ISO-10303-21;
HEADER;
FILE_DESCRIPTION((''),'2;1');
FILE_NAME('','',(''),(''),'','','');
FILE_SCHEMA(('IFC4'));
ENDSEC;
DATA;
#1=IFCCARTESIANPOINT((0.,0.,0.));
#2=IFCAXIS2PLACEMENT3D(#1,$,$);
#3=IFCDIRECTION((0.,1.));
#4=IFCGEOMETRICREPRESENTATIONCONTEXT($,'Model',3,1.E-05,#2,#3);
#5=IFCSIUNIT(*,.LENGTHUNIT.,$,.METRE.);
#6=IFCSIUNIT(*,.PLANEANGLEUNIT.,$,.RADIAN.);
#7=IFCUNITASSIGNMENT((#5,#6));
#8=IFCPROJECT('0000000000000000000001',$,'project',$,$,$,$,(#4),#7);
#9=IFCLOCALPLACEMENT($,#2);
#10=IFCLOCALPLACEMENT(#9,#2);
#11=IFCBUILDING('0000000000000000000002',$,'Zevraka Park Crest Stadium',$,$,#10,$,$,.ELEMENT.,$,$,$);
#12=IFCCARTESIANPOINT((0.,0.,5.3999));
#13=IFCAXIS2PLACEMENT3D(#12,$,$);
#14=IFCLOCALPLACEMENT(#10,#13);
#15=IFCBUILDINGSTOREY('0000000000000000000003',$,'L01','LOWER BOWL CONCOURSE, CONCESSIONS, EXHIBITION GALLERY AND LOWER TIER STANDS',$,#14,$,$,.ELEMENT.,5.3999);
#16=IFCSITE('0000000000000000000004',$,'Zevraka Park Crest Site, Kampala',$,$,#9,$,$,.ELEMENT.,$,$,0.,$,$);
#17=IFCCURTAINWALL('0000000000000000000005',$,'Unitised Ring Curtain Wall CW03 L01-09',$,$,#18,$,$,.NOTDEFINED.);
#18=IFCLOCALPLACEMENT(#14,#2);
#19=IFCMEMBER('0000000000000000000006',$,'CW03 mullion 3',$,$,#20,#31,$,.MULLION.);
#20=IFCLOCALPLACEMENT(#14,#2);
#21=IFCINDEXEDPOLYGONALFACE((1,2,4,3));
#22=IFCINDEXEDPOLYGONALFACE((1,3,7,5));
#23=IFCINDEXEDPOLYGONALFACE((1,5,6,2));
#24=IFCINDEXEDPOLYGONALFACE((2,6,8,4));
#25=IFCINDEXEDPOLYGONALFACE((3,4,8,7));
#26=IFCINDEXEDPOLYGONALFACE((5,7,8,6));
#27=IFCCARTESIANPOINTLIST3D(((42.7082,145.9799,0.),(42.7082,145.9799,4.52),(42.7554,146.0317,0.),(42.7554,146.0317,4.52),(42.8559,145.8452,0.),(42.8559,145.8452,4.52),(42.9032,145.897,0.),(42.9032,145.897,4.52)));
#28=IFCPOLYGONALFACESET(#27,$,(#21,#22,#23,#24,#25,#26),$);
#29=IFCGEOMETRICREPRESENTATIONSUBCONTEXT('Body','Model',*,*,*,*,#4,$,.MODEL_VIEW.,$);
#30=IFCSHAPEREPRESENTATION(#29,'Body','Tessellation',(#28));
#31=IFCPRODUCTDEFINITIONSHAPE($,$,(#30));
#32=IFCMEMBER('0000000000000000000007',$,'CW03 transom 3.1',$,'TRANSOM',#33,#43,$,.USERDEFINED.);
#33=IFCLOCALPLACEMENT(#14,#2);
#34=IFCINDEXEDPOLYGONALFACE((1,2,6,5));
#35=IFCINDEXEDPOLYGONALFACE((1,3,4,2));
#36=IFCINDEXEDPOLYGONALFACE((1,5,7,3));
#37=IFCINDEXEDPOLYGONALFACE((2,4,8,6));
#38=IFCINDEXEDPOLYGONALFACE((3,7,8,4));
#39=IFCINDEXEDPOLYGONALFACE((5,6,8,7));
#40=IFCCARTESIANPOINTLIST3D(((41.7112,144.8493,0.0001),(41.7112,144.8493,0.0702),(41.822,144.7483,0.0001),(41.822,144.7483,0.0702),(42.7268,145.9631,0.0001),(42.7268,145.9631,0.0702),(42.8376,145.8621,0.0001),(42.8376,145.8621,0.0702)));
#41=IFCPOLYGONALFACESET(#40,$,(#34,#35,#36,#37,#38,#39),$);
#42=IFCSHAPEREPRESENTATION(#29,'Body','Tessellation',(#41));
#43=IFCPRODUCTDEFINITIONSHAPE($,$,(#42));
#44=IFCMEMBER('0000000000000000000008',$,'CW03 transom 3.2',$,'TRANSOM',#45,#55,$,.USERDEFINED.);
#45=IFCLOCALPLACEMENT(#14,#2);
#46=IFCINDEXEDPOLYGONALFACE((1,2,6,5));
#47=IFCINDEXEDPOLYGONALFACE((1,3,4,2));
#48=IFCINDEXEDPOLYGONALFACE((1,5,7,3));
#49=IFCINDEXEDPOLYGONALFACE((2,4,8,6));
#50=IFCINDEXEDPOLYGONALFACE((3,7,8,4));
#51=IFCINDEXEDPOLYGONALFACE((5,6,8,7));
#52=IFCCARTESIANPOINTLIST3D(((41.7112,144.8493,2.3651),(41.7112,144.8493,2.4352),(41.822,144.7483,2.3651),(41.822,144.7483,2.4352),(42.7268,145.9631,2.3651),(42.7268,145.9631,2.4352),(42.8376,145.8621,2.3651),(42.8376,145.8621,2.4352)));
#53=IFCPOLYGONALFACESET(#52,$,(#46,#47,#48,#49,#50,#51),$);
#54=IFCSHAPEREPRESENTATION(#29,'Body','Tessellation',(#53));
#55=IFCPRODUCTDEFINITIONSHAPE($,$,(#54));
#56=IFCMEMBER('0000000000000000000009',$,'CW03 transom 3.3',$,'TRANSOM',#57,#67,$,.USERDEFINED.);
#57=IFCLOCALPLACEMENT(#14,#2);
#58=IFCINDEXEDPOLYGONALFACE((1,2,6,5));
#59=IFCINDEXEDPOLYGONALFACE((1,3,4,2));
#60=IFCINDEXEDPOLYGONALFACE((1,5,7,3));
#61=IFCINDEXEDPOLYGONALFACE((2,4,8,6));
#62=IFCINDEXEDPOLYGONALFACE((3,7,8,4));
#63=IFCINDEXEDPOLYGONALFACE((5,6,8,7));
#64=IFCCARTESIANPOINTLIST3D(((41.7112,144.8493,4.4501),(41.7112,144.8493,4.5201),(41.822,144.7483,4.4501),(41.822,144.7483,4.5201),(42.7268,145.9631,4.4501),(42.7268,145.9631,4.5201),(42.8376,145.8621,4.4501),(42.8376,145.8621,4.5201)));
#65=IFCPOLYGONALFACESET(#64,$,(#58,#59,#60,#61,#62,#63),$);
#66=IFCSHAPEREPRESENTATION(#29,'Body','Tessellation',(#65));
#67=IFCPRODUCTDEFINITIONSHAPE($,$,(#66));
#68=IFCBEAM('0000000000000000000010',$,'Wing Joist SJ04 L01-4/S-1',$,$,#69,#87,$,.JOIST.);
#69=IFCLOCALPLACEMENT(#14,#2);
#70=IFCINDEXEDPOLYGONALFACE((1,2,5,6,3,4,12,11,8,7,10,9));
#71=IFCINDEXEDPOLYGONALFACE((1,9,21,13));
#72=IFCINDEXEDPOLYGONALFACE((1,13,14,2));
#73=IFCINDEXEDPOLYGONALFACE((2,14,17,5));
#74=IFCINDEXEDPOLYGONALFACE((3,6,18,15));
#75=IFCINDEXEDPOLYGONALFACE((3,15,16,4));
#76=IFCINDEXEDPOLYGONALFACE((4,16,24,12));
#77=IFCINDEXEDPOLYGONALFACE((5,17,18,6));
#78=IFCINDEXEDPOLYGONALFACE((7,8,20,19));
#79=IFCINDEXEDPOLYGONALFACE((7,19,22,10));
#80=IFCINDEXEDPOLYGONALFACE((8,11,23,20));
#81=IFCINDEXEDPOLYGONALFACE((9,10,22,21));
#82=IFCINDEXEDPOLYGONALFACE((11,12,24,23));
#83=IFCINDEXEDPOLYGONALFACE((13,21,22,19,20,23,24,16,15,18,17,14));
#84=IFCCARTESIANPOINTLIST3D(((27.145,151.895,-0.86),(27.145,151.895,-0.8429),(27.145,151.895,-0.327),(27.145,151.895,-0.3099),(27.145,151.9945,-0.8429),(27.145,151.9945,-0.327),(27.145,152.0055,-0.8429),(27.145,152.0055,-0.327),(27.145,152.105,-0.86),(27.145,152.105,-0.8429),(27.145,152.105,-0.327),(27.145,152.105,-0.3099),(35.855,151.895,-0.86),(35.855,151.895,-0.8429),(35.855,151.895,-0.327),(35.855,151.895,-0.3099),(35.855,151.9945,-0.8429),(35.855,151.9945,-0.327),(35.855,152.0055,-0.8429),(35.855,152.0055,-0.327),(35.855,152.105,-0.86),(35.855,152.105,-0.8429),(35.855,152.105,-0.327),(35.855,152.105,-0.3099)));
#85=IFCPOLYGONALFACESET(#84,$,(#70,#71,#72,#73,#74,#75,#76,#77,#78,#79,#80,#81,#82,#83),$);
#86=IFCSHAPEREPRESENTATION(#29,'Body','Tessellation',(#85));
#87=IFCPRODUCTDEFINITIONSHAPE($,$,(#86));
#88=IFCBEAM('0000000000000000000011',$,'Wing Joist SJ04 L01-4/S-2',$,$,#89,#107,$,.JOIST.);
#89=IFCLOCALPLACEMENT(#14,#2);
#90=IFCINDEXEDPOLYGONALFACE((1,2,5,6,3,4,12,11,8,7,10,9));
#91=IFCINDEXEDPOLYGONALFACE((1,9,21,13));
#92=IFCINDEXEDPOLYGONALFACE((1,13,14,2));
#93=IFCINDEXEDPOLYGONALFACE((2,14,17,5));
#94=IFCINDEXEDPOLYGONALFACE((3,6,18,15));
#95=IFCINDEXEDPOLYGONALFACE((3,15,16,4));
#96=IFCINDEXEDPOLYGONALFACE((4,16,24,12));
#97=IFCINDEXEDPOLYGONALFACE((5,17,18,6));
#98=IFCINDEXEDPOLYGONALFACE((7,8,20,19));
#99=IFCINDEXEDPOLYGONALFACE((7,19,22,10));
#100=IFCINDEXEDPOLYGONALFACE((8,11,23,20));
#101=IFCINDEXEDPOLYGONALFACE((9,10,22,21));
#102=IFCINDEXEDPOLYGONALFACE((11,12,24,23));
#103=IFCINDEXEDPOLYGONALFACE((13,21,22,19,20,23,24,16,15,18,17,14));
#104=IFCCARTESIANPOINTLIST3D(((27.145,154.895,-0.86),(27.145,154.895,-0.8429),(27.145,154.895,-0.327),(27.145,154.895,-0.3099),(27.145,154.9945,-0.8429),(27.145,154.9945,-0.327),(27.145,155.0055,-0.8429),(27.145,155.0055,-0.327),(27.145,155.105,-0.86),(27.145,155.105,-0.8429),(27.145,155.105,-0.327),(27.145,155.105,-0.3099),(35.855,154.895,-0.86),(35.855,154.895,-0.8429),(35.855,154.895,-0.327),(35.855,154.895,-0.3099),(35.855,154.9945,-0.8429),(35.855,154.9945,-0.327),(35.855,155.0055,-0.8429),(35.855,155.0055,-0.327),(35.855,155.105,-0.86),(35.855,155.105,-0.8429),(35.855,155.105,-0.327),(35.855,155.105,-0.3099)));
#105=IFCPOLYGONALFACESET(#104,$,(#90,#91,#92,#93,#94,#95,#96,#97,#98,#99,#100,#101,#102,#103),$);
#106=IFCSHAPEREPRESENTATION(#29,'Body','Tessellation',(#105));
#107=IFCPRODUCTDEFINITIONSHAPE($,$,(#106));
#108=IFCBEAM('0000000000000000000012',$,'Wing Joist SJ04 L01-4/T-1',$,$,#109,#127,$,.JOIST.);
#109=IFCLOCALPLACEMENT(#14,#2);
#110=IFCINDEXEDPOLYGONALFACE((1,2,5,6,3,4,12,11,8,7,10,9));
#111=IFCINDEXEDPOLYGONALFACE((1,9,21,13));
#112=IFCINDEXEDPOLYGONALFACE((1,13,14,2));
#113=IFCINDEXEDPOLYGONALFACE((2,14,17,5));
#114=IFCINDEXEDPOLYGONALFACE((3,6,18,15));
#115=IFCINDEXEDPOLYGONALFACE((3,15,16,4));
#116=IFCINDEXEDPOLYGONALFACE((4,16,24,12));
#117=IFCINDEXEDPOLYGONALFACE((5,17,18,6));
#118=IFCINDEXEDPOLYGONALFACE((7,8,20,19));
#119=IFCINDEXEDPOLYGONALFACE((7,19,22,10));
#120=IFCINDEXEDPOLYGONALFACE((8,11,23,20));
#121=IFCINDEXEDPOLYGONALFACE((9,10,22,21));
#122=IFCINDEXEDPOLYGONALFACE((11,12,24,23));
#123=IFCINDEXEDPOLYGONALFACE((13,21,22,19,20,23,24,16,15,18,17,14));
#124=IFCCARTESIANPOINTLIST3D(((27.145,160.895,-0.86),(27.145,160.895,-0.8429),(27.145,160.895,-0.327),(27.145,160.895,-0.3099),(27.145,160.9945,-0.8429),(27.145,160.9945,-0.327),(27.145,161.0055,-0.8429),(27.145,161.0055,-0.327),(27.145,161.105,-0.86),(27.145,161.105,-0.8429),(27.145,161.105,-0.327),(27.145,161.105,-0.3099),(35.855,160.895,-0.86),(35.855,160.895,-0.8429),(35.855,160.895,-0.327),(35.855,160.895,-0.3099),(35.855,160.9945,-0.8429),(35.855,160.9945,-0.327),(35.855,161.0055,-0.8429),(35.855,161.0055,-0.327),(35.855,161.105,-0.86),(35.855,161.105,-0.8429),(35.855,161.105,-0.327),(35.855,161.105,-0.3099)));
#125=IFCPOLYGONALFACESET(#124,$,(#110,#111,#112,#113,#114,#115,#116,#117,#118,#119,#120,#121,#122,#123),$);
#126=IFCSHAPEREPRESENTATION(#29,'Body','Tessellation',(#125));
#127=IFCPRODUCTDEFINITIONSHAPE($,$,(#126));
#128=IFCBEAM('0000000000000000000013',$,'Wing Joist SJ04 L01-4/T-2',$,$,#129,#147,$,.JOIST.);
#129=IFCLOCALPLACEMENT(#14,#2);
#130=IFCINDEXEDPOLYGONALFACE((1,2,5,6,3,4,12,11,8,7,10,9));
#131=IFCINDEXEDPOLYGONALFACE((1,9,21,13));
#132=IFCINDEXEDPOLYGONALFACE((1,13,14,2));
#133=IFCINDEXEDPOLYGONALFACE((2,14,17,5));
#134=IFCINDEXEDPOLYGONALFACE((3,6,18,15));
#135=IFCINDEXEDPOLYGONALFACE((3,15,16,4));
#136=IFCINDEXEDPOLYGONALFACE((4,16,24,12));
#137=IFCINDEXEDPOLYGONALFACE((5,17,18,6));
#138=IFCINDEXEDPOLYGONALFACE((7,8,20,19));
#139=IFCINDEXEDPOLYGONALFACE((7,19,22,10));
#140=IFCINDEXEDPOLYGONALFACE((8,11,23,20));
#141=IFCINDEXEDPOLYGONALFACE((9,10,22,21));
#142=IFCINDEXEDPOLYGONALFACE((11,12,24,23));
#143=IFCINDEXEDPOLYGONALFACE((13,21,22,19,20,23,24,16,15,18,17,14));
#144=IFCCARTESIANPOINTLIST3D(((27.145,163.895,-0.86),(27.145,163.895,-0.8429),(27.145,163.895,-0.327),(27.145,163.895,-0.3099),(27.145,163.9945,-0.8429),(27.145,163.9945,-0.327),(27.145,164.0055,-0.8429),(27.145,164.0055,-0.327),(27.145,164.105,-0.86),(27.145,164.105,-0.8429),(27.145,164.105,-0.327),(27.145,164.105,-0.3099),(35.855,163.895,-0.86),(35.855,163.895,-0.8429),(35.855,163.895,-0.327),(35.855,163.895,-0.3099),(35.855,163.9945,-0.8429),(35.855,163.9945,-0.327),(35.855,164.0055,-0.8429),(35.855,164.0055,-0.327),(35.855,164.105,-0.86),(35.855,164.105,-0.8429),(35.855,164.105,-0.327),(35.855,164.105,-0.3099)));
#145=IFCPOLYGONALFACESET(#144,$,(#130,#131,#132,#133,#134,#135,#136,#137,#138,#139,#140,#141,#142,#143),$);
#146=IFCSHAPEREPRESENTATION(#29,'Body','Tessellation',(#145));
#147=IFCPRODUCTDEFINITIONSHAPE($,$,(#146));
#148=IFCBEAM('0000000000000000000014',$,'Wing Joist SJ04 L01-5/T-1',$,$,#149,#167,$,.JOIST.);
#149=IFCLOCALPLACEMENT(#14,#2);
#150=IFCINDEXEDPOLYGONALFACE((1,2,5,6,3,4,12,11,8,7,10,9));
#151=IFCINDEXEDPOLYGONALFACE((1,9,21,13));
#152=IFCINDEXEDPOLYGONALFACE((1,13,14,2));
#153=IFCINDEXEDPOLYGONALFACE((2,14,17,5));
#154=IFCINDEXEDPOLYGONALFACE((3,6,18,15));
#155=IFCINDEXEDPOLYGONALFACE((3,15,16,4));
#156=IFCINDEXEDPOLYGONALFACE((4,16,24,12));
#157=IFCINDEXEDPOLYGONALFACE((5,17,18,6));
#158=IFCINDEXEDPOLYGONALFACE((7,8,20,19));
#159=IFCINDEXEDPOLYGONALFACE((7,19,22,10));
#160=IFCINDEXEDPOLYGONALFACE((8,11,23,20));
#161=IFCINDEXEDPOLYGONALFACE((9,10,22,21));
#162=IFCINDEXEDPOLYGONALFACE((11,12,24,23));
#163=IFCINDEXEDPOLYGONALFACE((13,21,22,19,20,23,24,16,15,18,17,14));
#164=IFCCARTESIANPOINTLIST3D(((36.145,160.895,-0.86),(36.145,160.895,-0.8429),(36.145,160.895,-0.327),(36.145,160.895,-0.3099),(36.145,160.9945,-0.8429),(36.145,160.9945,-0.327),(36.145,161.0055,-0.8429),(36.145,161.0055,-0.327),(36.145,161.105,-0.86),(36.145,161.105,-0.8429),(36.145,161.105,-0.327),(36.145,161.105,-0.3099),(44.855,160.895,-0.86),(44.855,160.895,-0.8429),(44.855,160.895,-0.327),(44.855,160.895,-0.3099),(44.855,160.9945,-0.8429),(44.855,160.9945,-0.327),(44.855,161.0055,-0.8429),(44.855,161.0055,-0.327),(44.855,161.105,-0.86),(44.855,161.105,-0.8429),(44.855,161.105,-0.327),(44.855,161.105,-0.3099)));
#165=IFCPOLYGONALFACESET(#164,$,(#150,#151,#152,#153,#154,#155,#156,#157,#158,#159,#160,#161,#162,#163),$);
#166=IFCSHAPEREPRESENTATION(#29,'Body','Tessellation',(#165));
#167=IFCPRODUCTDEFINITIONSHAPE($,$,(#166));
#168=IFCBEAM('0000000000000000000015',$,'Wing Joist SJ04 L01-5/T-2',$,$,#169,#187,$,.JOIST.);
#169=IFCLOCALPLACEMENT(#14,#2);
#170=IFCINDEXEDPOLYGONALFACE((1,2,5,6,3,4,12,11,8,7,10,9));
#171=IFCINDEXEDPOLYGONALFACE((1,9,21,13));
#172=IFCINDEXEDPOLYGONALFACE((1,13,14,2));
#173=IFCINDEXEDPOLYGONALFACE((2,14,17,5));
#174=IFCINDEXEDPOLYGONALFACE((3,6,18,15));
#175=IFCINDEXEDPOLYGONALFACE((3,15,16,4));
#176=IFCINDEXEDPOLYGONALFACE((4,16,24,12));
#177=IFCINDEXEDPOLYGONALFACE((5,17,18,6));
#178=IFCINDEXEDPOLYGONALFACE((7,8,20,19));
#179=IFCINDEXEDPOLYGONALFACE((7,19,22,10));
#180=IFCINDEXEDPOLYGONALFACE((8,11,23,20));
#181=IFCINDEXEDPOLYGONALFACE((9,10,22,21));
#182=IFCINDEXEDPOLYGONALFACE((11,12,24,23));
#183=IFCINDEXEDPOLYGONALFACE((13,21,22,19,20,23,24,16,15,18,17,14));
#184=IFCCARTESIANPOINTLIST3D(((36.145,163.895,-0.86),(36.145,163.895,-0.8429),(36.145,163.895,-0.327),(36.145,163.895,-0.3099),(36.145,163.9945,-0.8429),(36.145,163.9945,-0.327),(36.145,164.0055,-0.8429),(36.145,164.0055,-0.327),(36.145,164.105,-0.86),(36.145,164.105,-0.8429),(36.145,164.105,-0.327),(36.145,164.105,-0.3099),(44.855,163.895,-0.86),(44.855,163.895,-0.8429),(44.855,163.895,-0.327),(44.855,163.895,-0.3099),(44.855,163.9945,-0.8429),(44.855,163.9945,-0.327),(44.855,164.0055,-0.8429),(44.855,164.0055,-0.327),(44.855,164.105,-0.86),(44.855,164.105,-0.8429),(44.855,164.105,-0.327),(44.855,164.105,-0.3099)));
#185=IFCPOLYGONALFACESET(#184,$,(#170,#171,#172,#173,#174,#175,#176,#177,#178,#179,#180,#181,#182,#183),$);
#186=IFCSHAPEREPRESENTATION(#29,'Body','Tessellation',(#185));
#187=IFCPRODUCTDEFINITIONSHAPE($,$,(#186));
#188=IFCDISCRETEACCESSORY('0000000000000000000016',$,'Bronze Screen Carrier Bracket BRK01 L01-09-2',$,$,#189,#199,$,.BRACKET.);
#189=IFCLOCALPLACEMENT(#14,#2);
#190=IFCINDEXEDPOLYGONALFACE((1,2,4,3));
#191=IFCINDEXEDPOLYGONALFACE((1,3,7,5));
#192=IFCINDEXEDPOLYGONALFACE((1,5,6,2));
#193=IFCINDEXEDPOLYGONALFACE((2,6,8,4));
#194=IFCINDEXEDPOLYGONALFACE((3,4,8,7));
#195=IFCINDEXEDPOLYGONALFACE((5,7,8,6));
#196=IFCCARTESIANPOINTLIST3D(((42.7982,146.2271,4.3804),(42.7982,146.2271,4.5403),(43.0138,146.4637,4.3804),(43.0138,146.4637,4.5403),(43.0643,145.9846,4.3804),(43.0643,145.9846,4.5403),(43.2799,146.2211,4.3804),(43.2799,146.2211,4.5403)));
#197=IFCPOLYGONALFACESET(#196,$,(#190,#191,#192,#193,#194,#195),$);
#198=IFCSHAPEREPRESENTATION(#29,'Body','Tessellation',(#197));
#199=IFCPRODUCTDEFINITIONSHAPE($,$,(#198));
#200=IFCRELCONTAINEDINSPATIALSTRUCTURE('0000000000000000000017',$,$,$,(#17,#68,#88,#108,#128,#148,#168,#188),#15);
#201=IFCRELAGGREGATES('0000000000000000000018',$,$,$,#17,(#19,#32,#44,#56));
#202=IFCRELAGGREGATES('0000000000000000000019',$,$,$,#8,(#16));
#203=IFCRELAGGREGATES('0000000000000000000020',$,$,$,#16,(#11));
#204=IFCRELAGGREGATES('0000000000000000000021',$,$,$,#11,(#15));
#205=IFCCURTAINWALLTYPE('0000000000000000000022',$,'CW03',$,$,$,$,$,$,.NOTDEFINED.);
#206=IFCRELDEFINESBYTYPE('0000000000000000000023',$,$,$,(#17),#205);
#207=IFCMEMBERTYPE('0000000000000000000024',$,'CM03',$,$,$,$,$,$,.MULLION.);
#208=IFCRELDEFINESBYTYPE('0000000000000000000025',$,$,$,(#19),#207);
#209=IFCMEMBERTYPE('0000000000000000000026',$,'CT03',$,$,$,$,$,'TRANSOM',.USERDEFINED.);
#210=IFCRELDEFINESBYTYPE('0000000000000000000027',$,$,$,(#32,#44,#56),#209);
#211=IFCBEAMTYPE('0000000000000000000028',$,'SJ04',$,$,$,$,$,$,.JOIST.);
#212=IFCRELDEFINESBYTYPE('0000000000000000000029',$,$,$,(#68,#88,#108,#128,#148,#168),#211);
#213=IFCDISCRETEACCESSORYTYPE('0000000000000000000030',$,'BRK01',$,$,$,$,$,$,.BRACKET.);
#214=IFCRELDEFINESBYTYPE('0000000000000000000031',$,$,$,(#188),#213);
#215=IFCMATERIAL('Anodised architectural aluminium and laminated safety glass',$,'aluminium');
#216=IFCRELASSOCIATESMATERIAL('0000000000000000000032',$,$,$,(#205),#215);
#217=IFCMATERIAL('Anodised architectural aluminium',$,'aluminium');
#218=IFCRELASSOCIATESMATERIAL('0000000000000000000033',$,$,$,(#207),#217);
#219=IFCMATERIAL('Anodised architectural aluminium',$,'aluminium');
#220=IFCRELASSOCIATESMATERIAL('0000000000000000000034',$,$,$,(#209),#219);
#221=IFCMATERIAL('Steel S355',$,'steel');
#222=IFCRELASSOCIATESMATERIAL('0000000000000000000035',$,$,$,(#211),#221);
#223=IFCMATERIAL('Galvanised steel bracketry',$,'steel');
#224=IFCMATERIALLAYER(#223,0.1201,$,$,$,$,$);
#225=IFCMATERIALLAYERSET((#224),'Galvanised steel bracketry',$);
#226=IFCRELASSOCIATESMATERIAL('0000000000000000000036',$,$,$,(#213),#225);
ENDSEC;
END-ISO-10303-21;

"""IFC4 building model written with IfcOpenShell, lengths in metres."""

from ifc_helpers import new_model, si_unit, direction, frame, origin, origin_2d, place, context, subcontext, project, spatial, rectangle, i_section, extrude, material, layer, layer_set, material_profile, profile_set, type_object, element, aggregate, save


model = new_model("IFC4")

# Units and contexts
model_context = context("Model", 3, precision=1e-05, world=origin(), true_north=direction((0.0, 1.0)))
body_context = subcontext(model_context, "Body", "Model", "MODEL_VIEW")
ifc_project = project(units=[si_unit("LENGTHUNIT", "METRE"), si_unit("PLANEANGLEUNIT", "RADIAN")], contexts=[model_context])

# Site, building, storey
site_placement = place(None, origin())
site = spatial("IfcSite", under=ifc_project, at=site_placement, Name="Zevraka Park Crest Site, Kampala", CompositionType="ELEMENT", RefElevation=0.0)
building_placement = place(site_placement, origin())
building = spatial("IfcBuilding", under=site, at=building_placement, Name="Zevraka Park Crest Stadium", CompositionType="ELEMENT")
storey_placement = place(building_placement, frame((0.0, 0.0, 5.3999)))
storey = spatial("IfcBuildingStorey", under=building, at=storey_placement, Name="L01", Description="LOWER BOWL CONCOURSE, CONCESSIONS, EXHIBITION GALLERY AND LOWER TIER STANDS", CompositionType="ELEMENT", Elevation=5.3999)

# Curtain wall, members
ifc_material_1 = material(Name="Anodised architectural aluminium and laminated safety glass", Category="aluminium")
curtain_wall_type = type_object("IfcCurtainWallType", Name="CW03", PredefinedType="NOTDEFINED", material=ifc_material_1)
curtain_wall_placement = place(storey_placement, origin())
curtain_wall = element("IfcCurtainWall", 1, at=curtain_wall_placement, inside=storey, type_object=curtain_wall_type, Name="Unitised Ring Curtain Wall CW03 L01-09", PredefinedType="NOTDEFINED")
ifc_material_2 = material(Name="Anodised architectural aluminium", Category="aluminium")
ifc_material_profile_1 = material_profile(ifc_material_2, rectangle(XDim=0.2, YDim=0.0701, at=origin_2d()), Name="ALU MULLION 200x70")
ifc_profile_set_1 = profile_set([ifc_material_profile_1], Name="Anodised architectural aluminium")
member_type_1 = type_object("IfcMemberType", Name="CM03", PredefinedType="MULLION", material=ifc_profile_set_1)
member_1_placement = place(storey_placement, frame((42.8057, 145.9385, 0.0), z_axis=(0.0, 0.0, 1.0), x_axis=(0.739023, -0.67368, 0.0)))
member_1 = element("IfcMember", 2, at=member_1_placement, type_object=member_type_1, Name="CW03 mullion 3", PredefinedType="MULLION", context=body_context, shape_type="SweptSolid", body=[
    extrude(rectangle(XDim=0.2, YDim=0.0701, at=origin_2d()), origin(), (0.0, 0.0, 1.0), 4.52),
])
ifc_material_3 = material(Name="Anodised architectural aluminium", Category="aluminium")
ifc_material_profile_2 = material_profile(ifc_material_3, rectangle(XDim=0.1499, YDim=0.0701, at=origin_2d()), Name="ALU TRANSOM 150x70")
ifc_profile_set_2 = profile_set([ifc_material_profile_2], Name="Anodised architectural aluminium")
member_type_2 = type_object("IfcMemberType", Name="CT03", ElementType="TRANSOM", PredefinedType="USERDEFINED", material=ifc_profile_set_2)
member_2_placement = place(storey_placement, frame((42.7822, 145.9126, 0.0352), z_axis=(-0.673801, -0.738913, 0.0), x_axis=(0.738913, -0.673801, 0.0)))
member_2 = element("IfcMember", 3, at=member_2_placement, type_object=member_type_2, Name="CW03 transom 3.1", ObjectType="TRANSOM", PredefinedType="USERDEFINED", context=body_context, shape_type="SweptSolid", body=[
    extrude(rectangle(XDim=0.1499, YDim=0.0701, at=origin_2d()), origin(), (0.0, 0.0, 1.0), 1.5073),
])
member_3_placement = place(storey_placement, frame((42.7822, 145.9126, 2.4001), z_axis=(-0.673801, -0.738913, 0.0), x_axis=(0.738913, -0.673801, 0.0)))
member_3 = element("IfcMember", 4, at=member_3_placement, type_object=member_type_2, Name="CW03 transom 3.2", ObjectType="TRANSOM", PredefinedType="USERDEFINED", context=body_context, shape_type="SweptSolid", body=[
    extrude(rectangle(XDim=0.1499, YDim=0.0701, at=origin_2d()), origin(), (0.0, 0.0, 1.0), 1.5073),
])
member_4_placement = place(storey_placement, frame((42.7822, 145.9126, 4.4851), z_axis=(-0.673801, -0.738913, 0.0), x_axis=(0.738913, -0.673801, 0.0)))
member_4 = element("IfcMember", 5, at=member_4_placement, type_object=member_type_2, Name="CW03 transom 3.3", ObjectType="TRANSOM", PredefinedType="USERDEFINED", context=body_context, shape_type="SweptSolid", body=[
    extrude(rectangle(XDim=0.1499, YDim=0.0701, at=origin_2d()), origin(), (0.0, 0.0, 1.0), 1.5073),
])
aggregate(curtain_wall, [member_1, member_2, member_3, member_4])

# Beams
ifc_material_4 = material(Name="Steel S355", Category="steel")
ifc_material_profile_3 = material_profile(ifc_material_4, i_section(OverallWidth=0.21, OverallDepth=0.55, WebThickness=0.011, FlangeThickness=0.0171, at=origin_2d()), Name="IPE 550")
ifc_profile_set_3 = profile_set([ifc_material_profile_3], Name="Steel S355")
beam_type_1 = type_object("IfcBeamType", Name="SJ04", PredefinedType="JOIST", material=ifc_profile_set_3)
for number, where, z_axis, x_axis, name in (
    (6, (27.145, 152.0, -0.585), (1.0, 0.0, 0.0), (0.0, 1.0, 0.0), "Wing Joist SJ04 L01-4/S-1"),
    (7, (27.145, 155.0, -0.585), (1.0, 0.0, 0.0), (0.0, 1.0, 0.0), "Wing Joist SJ04 L01-4/S-2"),
    (8, (27.145, 161.0, -0.585), (1.0, 0.0, 0.0), (0.0, 1.0, 0.0), "Wing Joist SJ04 L01-4/T-1"),
    (9, (27.145, 164.0, -0.585), (1.0, 0.0, 0.0), (0.0, 1.0, 0.0), "Wing Joist SJ04 L01-4/T-2"),
    (10, (36.145, 161.0, -0.585), (1.0, 0.0, 0.0), (0.0, 1.0, 0.0), "Wing Joist SJ04 L01-5/T-1"),
    (11, (36.145, 164.0, -0.585), (1.0, 0.0, 0.0), (0.0, 1.0, 0.0), "Wing Joist SJ04 L01-5/T-2"),
):
    element("IfcBeam", number, at=place(storey_placement, frame(where, z_axis=z_axis, x_axis=x_axis)), inside=storey, type_object=beam_type_1, Name=name, PredefinedType="JOIST", context=body_context, shape_type="SweptSolid", body=[
        extrude(i_section(OverallWidth=0.21, OverallDepth=0.55, WebThickness=0.011, FlangeThickness=0.0171, at=origin_2d()), origin(), (0.0, 0.0, 1.0), 8.71),
    ])

# Discrete accessory
ifc_material_5 = material(Name="Galvanised steel bracketry", Category="steel")
ifc_layer = layer(ifc_material_5, 0.1201)
ifc_layer_set = layer_set([ifc_layer], Name="Galvanised steel bracketry")
discrete_accessory_type = type_object("IfcDiscreteAccessoryType", Name="BRK01", PredefinedType="BRACKET", material=ifc_layer_set)
discrete_accessory_placement = place(storey_placement, frame((43.0391, 146.2241, 4.3804), z_axis=(0.0, 0.0, 1.0), x_axis=(-0.673658, -0.739043, 0.0)))
element("IfcDiscreteAccessory", 12, at=discrete_accessory_placement, inside=storey, type_object=discrete_accessory_type, Name="Bronze Screen Carrier Bracket BRK01 L01-09-2", PredefinedType="BRACKET", context=body_context, shape_type="SweptSolid", body=[
    extrude(rectangle(XDim=0.3201, YDim=0.3601, at=origin_2d()), origin(), (0.0, 0.0, 1.0), 0.1599),
])

save(model, "model.ifc")
